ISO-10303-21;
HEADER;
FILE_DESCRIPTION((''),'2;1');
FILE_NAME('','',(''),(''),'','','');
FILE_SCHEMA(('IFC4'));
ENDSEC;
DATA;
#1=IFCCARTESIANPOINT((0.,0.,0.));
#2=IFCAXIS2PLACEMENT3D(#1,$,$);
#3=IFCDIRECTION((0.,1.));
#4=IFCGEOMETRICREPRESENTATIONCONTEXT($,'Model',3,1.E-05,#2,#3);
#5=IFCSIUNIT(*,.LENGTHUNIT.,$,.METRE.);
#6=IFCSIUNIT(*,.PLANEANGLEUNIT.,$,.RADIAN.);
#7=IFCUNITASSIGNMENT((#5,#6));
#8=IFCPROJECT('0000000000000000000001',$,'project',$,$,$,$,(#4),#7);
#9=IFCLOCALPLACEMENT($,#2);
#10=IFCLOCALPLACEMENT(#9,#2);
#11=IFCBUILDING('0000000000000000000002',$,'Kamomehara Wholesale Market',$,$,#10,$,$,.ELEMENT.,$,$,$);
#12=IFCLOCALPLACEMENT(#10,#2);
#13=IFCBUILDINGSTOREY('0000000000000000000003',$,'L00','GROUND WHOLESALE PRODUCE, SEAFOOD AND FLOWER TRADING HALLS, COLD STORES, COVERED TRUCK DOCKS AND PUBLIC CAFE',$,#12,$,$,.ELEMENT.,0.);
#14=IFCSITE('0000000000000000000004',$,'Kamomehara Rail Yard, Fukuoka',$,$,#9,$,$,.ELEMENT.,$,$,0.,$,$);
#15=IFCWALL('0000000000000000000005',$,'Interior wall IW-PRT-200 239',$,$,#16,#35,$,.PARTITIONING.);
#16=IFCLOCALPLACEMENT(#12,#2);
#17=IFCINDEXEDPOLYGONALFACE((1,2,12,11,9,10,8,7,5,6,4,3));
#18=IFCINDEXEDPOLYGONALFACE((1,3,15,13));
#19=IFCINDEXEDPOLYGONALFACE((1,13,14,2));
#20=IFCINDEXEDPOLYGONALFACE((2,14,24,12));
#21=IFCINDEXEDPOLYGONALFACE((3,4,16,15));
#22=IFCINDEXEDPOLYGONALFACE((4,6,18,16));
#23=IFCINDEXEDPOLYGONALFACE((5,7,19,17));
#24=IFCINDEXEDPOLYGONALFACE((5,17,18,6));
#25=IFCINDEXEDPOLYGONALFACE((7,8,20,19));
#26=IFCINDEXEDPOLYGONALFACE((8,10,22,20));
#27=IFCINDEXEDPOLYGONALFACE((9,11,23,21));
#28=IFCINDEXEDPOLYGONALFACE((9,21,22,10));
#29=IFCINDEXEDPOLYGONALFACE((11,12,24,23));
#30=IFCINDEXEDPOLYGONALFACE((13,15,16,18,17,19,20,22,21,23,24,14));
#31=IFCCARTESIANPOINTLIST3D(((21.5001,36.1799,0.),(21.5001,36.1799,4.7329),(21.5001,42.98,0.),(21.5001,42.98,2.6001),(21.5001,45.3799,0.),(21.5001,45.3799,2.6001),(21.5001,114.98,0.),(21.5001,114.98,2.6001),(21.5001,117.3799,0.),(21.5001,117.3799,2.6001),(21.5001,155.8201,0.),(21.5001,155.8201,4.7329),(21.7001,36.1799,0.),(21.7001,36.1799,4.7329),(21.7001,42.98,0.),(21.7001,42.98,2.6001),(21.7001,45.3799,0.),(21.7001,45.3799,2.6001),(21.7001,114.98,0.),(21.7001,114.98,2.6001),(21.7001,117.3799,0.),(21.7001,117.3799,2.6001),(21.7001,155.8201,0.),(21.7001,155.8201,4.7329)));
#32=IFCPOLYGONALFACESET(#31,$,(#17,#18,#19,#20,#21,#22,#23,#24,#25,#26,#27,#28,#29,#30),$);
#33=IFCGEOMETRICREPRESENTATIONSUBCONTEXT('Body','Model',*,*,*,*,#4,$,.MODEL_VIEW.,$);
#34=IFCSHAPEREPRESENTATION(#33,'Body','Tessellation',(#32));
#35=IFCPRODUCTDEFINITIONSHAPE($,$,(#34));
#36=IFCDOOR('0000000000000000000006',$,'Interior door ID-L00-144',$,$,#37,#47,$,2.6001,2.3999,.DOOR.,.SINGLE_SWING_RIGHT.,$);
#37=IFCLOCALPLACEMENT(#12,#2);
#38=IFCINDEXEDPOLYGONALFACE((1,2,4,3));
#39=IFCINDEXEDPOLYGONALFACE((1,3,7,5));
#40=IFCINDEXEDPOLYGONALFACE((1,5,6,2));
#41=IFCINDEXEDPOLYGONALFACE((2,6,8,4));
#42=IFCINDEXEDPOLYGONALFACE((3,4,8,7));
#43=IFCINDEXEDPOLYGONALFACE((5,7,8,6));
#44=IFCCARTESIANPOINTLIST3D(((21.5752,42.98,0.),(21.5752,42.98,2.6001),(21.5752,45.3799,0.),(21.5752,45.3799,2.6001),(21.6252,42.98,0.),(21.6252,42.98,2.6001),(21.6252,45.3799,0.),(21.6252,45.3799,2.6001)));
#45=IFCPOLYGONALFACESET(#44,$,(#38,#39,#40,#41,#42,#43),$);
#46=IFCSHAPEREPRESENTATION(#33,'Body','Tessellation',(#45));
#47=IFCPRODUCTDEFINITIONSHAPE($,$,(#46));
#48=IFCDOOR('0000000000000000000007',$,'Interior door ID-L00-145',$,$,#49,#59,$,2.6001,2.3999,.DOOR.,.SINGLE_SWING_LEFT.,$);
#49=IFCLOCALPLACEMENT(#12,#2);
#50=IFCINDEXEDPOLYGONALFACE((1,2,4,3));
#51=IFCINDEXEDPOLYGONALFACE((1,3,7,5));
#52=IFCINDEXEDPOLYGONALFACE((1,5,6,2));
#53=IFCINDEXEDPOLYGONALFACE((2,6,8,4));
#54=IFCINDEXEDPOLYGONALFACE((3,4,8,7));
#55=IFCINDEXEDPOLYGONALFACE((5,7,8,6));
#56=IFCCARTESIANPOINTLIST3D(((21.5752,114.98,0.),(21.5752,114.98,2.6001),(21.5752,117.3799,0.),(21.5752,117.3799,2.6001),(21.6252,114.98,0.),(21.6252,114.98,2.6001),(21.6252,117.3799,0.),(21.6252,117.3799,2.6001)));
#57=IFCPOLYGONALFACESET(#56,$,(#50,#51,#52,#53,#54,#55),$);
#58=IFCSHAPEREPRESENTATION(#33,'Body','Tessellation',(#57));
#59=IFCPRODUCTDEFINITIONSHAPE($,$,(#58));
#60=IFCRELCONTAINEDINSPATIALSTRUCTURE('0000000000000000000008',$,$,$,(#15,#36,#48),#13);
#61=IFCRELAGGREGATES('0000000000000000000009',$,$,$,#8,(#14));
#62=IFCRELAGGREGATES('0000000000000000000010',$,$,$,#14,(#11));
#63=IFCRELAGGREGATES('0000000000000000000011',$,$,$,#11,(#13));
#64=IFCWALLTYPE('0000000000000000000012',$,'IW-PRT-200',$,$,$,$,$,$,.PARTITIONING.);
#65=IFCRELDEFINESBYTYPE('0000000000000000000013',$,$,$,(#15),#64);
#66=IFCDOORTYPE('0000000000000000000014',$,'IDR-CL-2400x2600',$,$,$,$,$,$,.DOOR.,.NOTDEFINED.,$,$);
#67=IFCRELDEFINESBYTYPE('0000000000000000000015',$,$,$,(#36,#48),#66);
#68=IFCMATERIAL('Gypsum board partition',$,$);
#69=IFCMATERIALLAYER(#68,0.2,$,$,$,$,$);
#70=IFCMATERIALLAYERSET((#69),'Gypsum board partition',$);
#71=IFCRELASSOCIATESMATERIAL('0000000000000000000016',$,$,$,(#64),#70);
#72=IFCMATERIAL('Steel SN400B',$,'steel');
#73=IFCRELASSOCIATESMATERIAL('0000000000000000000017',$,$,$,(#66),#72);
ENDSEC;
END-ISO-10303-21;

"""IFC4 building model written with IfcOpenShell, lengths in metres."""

from ifc_helpers import new_model, si_unit, direction, frame, frame_2d, origin, place, context, subcontext, project, spatial, rectangle, extrude, material, layer, layer_set, type_object, element, fill, save


model = new_model("IFC4")

# Units and contexts
model_context = context("Model", 3, precision=1e-05, world=origin(), true_north=direction((0.0, 1.0)))
body_context = subcontext(model_context, "Body", "Model", "MODEL_VIEW")
ifc_project = project(units=[si_unit("LENGTHUNIT", "METRE"), si_unit("PLANEANGLEUNIT", "RADIAN")], contexts=[model_context])

# Site, building, storey
site_placement = place(None, origin())
site = spatial("IfcSite", under=ifc_project, at=site_placement, Name="Kamomehara Rail Yard, Fukuoka", CompositionType="ELEMENT", RefElevation=0.0)
building_placement = place(site_placement, origin())
building = spatial("IfcBuilding", under=site, at=building_placement, Name="Kamomehara Wholesale Market", CompositionType="ELEMENT")
storey_placement = place(building_placement, origin())
storey = spatial("IfcBuildingStorey", under=building, at=storey_placement, Name="L00", Description="GROUND WHOLESALE PRODUCE, SEAFOOD AND FLOWER TRADING HALLS, COLD STORES, COVERED TRUCK DOCKS AND PUBLIC CAFE", CompositionType="ELEMENT", Elevation=0.0)

# Shared definitions
ifc_material_1 = material(Name="Gypsum board partition")
ifc_layer_1 = layer(ifc_material_1, 0.2)
ifc_layer_set_1 = layer_set([ifc_layer_1], Name="Gypsum board partition")
wall_type_1 = type_object("IfcWallType", Name="IW-PRT-200", PredefinedType="PARTITIONING", material=ifc_layer_set_1)
ifc_material_2 = material(Name="Steel SN400B", Category="steel")
door_type_1 = type_object("IfcDoorType", Name="IDR-CL-2400x2600", OperationType="NOTDEFINED", PredefinedType="DOOR", material=ifc_material_2)

# Wall, openings, doors
wall_1_placement = place(storey_placement, frame((21.6001, 36.1799, 0.0), z_axis=(0.0, 0.0, 1.0), x_axis=(0.0, 1.0, 0.0)))
wall_1 = element("IfcWall", 1, at=wall_1_placement, inside=storey, type_object=wall_type_1, Name="Interior wall IW-PRT-200 239", PredefinedType="PARTITIONING", context=body_context, shape_type="SweptSolid", body=[
    extrude(rectangle(XDim=119.6401, YDim=0.2, at=frame_2d((59.8201, 0.0))), origin(), (0.0, 0.0, 1.0), 4.7329),
])
opening_1_placement = place(wall_1_placement, frame((6.8, 0.0, 0.0)))
opening_1 = element("IfcOpeningElement", 2, at=opening_1_placement, cuts=wall_1, PredefinedType="OPENING", context=body_context, shape_type="SweptSolid", body=[
    extrude(rectangle(XDim=2.3999, YDim=2.6001, at=frame_2d((1.2, 1.3))), frame((0.0, 0.1147, 0.0), z_axis=(0.0, -1.0, 0.0), x_axis=(1.0, 0.0, 0.0)), (0.0, 0.0, 1.0), 0.2297),
])
opening_2_placement = place(wall_1_placement, frame((78.8, 0.0, 0.0)))
opening_2 = element("IfcOpeningElement", 3, at=opening_2_placement, cuts=wall_1, PredefinedType="OPENING", context=body_context, shape_type="SweptSolid", body=[
    extrude(rectangle(XDim=2.3999, YDim=2.6001, at=frame_2d((1.2, 1.3))), frame((0.0, 0.1147, 0.0), z_axis=(0.0, -1.0, 0.0), x_axis=(1.0, 0.0, 0.0)), (0.0, 0.0, 1.0), 0.2297),
])
door_1_placement = place(opening_1_placement, origin())
door_1 = element("IfcDoor", 4, at=door_1_placement, inside=storey, type_object=door_type_1, Name="Interior door ID-L00-144", OperationType="SINGLE_SWING_RIGHT", OverallHeight=2.6001, OverallWidth=2.3999, PredefinedType="DOOR", context=body_context, shape_type="SweptSolid", body=[
    extrude(rectangle(XDim=2.3999, YDim=2.6001, at=frame_2d((1.2, 1.3))), frame((0.0, 0.0249, 0.0), z_axis=(0.0, -1.0, 0.0), x_axis=(1.0, 0.0, 0.0)), (0.0, 0.0, 1.0), 0.05),
])
fill(opening_1, door_1)
door_2_placement = place(opening_2_placement, origin())
door_2 = element("IfcDoor", 5, at=door_2_placement, inside=storey, type_object=door_type_1, Name="Interior door ID-L00-145", OperationType="SINGLE_SWING_LEFT", OverallHeight=2.6001, OverallWidth=2.3999, PredefinedType="DOOR", context=body_context, shape_type="SweptSolid", body=[
    extrude(rectangle(XDim=2.3999, YDim=2.6001, at=frame_2d((1.2, 1.3))), frame((0.0, 0.0249, 0.0), z_axis=(0.0, -1.0, 0.0), x_axis=(1.0, 0.0, 0.0)), (0.0, 0.0, 1.0), 0.05),
])
fill(opening_2, door_2)

save(model, "model.ifc")
